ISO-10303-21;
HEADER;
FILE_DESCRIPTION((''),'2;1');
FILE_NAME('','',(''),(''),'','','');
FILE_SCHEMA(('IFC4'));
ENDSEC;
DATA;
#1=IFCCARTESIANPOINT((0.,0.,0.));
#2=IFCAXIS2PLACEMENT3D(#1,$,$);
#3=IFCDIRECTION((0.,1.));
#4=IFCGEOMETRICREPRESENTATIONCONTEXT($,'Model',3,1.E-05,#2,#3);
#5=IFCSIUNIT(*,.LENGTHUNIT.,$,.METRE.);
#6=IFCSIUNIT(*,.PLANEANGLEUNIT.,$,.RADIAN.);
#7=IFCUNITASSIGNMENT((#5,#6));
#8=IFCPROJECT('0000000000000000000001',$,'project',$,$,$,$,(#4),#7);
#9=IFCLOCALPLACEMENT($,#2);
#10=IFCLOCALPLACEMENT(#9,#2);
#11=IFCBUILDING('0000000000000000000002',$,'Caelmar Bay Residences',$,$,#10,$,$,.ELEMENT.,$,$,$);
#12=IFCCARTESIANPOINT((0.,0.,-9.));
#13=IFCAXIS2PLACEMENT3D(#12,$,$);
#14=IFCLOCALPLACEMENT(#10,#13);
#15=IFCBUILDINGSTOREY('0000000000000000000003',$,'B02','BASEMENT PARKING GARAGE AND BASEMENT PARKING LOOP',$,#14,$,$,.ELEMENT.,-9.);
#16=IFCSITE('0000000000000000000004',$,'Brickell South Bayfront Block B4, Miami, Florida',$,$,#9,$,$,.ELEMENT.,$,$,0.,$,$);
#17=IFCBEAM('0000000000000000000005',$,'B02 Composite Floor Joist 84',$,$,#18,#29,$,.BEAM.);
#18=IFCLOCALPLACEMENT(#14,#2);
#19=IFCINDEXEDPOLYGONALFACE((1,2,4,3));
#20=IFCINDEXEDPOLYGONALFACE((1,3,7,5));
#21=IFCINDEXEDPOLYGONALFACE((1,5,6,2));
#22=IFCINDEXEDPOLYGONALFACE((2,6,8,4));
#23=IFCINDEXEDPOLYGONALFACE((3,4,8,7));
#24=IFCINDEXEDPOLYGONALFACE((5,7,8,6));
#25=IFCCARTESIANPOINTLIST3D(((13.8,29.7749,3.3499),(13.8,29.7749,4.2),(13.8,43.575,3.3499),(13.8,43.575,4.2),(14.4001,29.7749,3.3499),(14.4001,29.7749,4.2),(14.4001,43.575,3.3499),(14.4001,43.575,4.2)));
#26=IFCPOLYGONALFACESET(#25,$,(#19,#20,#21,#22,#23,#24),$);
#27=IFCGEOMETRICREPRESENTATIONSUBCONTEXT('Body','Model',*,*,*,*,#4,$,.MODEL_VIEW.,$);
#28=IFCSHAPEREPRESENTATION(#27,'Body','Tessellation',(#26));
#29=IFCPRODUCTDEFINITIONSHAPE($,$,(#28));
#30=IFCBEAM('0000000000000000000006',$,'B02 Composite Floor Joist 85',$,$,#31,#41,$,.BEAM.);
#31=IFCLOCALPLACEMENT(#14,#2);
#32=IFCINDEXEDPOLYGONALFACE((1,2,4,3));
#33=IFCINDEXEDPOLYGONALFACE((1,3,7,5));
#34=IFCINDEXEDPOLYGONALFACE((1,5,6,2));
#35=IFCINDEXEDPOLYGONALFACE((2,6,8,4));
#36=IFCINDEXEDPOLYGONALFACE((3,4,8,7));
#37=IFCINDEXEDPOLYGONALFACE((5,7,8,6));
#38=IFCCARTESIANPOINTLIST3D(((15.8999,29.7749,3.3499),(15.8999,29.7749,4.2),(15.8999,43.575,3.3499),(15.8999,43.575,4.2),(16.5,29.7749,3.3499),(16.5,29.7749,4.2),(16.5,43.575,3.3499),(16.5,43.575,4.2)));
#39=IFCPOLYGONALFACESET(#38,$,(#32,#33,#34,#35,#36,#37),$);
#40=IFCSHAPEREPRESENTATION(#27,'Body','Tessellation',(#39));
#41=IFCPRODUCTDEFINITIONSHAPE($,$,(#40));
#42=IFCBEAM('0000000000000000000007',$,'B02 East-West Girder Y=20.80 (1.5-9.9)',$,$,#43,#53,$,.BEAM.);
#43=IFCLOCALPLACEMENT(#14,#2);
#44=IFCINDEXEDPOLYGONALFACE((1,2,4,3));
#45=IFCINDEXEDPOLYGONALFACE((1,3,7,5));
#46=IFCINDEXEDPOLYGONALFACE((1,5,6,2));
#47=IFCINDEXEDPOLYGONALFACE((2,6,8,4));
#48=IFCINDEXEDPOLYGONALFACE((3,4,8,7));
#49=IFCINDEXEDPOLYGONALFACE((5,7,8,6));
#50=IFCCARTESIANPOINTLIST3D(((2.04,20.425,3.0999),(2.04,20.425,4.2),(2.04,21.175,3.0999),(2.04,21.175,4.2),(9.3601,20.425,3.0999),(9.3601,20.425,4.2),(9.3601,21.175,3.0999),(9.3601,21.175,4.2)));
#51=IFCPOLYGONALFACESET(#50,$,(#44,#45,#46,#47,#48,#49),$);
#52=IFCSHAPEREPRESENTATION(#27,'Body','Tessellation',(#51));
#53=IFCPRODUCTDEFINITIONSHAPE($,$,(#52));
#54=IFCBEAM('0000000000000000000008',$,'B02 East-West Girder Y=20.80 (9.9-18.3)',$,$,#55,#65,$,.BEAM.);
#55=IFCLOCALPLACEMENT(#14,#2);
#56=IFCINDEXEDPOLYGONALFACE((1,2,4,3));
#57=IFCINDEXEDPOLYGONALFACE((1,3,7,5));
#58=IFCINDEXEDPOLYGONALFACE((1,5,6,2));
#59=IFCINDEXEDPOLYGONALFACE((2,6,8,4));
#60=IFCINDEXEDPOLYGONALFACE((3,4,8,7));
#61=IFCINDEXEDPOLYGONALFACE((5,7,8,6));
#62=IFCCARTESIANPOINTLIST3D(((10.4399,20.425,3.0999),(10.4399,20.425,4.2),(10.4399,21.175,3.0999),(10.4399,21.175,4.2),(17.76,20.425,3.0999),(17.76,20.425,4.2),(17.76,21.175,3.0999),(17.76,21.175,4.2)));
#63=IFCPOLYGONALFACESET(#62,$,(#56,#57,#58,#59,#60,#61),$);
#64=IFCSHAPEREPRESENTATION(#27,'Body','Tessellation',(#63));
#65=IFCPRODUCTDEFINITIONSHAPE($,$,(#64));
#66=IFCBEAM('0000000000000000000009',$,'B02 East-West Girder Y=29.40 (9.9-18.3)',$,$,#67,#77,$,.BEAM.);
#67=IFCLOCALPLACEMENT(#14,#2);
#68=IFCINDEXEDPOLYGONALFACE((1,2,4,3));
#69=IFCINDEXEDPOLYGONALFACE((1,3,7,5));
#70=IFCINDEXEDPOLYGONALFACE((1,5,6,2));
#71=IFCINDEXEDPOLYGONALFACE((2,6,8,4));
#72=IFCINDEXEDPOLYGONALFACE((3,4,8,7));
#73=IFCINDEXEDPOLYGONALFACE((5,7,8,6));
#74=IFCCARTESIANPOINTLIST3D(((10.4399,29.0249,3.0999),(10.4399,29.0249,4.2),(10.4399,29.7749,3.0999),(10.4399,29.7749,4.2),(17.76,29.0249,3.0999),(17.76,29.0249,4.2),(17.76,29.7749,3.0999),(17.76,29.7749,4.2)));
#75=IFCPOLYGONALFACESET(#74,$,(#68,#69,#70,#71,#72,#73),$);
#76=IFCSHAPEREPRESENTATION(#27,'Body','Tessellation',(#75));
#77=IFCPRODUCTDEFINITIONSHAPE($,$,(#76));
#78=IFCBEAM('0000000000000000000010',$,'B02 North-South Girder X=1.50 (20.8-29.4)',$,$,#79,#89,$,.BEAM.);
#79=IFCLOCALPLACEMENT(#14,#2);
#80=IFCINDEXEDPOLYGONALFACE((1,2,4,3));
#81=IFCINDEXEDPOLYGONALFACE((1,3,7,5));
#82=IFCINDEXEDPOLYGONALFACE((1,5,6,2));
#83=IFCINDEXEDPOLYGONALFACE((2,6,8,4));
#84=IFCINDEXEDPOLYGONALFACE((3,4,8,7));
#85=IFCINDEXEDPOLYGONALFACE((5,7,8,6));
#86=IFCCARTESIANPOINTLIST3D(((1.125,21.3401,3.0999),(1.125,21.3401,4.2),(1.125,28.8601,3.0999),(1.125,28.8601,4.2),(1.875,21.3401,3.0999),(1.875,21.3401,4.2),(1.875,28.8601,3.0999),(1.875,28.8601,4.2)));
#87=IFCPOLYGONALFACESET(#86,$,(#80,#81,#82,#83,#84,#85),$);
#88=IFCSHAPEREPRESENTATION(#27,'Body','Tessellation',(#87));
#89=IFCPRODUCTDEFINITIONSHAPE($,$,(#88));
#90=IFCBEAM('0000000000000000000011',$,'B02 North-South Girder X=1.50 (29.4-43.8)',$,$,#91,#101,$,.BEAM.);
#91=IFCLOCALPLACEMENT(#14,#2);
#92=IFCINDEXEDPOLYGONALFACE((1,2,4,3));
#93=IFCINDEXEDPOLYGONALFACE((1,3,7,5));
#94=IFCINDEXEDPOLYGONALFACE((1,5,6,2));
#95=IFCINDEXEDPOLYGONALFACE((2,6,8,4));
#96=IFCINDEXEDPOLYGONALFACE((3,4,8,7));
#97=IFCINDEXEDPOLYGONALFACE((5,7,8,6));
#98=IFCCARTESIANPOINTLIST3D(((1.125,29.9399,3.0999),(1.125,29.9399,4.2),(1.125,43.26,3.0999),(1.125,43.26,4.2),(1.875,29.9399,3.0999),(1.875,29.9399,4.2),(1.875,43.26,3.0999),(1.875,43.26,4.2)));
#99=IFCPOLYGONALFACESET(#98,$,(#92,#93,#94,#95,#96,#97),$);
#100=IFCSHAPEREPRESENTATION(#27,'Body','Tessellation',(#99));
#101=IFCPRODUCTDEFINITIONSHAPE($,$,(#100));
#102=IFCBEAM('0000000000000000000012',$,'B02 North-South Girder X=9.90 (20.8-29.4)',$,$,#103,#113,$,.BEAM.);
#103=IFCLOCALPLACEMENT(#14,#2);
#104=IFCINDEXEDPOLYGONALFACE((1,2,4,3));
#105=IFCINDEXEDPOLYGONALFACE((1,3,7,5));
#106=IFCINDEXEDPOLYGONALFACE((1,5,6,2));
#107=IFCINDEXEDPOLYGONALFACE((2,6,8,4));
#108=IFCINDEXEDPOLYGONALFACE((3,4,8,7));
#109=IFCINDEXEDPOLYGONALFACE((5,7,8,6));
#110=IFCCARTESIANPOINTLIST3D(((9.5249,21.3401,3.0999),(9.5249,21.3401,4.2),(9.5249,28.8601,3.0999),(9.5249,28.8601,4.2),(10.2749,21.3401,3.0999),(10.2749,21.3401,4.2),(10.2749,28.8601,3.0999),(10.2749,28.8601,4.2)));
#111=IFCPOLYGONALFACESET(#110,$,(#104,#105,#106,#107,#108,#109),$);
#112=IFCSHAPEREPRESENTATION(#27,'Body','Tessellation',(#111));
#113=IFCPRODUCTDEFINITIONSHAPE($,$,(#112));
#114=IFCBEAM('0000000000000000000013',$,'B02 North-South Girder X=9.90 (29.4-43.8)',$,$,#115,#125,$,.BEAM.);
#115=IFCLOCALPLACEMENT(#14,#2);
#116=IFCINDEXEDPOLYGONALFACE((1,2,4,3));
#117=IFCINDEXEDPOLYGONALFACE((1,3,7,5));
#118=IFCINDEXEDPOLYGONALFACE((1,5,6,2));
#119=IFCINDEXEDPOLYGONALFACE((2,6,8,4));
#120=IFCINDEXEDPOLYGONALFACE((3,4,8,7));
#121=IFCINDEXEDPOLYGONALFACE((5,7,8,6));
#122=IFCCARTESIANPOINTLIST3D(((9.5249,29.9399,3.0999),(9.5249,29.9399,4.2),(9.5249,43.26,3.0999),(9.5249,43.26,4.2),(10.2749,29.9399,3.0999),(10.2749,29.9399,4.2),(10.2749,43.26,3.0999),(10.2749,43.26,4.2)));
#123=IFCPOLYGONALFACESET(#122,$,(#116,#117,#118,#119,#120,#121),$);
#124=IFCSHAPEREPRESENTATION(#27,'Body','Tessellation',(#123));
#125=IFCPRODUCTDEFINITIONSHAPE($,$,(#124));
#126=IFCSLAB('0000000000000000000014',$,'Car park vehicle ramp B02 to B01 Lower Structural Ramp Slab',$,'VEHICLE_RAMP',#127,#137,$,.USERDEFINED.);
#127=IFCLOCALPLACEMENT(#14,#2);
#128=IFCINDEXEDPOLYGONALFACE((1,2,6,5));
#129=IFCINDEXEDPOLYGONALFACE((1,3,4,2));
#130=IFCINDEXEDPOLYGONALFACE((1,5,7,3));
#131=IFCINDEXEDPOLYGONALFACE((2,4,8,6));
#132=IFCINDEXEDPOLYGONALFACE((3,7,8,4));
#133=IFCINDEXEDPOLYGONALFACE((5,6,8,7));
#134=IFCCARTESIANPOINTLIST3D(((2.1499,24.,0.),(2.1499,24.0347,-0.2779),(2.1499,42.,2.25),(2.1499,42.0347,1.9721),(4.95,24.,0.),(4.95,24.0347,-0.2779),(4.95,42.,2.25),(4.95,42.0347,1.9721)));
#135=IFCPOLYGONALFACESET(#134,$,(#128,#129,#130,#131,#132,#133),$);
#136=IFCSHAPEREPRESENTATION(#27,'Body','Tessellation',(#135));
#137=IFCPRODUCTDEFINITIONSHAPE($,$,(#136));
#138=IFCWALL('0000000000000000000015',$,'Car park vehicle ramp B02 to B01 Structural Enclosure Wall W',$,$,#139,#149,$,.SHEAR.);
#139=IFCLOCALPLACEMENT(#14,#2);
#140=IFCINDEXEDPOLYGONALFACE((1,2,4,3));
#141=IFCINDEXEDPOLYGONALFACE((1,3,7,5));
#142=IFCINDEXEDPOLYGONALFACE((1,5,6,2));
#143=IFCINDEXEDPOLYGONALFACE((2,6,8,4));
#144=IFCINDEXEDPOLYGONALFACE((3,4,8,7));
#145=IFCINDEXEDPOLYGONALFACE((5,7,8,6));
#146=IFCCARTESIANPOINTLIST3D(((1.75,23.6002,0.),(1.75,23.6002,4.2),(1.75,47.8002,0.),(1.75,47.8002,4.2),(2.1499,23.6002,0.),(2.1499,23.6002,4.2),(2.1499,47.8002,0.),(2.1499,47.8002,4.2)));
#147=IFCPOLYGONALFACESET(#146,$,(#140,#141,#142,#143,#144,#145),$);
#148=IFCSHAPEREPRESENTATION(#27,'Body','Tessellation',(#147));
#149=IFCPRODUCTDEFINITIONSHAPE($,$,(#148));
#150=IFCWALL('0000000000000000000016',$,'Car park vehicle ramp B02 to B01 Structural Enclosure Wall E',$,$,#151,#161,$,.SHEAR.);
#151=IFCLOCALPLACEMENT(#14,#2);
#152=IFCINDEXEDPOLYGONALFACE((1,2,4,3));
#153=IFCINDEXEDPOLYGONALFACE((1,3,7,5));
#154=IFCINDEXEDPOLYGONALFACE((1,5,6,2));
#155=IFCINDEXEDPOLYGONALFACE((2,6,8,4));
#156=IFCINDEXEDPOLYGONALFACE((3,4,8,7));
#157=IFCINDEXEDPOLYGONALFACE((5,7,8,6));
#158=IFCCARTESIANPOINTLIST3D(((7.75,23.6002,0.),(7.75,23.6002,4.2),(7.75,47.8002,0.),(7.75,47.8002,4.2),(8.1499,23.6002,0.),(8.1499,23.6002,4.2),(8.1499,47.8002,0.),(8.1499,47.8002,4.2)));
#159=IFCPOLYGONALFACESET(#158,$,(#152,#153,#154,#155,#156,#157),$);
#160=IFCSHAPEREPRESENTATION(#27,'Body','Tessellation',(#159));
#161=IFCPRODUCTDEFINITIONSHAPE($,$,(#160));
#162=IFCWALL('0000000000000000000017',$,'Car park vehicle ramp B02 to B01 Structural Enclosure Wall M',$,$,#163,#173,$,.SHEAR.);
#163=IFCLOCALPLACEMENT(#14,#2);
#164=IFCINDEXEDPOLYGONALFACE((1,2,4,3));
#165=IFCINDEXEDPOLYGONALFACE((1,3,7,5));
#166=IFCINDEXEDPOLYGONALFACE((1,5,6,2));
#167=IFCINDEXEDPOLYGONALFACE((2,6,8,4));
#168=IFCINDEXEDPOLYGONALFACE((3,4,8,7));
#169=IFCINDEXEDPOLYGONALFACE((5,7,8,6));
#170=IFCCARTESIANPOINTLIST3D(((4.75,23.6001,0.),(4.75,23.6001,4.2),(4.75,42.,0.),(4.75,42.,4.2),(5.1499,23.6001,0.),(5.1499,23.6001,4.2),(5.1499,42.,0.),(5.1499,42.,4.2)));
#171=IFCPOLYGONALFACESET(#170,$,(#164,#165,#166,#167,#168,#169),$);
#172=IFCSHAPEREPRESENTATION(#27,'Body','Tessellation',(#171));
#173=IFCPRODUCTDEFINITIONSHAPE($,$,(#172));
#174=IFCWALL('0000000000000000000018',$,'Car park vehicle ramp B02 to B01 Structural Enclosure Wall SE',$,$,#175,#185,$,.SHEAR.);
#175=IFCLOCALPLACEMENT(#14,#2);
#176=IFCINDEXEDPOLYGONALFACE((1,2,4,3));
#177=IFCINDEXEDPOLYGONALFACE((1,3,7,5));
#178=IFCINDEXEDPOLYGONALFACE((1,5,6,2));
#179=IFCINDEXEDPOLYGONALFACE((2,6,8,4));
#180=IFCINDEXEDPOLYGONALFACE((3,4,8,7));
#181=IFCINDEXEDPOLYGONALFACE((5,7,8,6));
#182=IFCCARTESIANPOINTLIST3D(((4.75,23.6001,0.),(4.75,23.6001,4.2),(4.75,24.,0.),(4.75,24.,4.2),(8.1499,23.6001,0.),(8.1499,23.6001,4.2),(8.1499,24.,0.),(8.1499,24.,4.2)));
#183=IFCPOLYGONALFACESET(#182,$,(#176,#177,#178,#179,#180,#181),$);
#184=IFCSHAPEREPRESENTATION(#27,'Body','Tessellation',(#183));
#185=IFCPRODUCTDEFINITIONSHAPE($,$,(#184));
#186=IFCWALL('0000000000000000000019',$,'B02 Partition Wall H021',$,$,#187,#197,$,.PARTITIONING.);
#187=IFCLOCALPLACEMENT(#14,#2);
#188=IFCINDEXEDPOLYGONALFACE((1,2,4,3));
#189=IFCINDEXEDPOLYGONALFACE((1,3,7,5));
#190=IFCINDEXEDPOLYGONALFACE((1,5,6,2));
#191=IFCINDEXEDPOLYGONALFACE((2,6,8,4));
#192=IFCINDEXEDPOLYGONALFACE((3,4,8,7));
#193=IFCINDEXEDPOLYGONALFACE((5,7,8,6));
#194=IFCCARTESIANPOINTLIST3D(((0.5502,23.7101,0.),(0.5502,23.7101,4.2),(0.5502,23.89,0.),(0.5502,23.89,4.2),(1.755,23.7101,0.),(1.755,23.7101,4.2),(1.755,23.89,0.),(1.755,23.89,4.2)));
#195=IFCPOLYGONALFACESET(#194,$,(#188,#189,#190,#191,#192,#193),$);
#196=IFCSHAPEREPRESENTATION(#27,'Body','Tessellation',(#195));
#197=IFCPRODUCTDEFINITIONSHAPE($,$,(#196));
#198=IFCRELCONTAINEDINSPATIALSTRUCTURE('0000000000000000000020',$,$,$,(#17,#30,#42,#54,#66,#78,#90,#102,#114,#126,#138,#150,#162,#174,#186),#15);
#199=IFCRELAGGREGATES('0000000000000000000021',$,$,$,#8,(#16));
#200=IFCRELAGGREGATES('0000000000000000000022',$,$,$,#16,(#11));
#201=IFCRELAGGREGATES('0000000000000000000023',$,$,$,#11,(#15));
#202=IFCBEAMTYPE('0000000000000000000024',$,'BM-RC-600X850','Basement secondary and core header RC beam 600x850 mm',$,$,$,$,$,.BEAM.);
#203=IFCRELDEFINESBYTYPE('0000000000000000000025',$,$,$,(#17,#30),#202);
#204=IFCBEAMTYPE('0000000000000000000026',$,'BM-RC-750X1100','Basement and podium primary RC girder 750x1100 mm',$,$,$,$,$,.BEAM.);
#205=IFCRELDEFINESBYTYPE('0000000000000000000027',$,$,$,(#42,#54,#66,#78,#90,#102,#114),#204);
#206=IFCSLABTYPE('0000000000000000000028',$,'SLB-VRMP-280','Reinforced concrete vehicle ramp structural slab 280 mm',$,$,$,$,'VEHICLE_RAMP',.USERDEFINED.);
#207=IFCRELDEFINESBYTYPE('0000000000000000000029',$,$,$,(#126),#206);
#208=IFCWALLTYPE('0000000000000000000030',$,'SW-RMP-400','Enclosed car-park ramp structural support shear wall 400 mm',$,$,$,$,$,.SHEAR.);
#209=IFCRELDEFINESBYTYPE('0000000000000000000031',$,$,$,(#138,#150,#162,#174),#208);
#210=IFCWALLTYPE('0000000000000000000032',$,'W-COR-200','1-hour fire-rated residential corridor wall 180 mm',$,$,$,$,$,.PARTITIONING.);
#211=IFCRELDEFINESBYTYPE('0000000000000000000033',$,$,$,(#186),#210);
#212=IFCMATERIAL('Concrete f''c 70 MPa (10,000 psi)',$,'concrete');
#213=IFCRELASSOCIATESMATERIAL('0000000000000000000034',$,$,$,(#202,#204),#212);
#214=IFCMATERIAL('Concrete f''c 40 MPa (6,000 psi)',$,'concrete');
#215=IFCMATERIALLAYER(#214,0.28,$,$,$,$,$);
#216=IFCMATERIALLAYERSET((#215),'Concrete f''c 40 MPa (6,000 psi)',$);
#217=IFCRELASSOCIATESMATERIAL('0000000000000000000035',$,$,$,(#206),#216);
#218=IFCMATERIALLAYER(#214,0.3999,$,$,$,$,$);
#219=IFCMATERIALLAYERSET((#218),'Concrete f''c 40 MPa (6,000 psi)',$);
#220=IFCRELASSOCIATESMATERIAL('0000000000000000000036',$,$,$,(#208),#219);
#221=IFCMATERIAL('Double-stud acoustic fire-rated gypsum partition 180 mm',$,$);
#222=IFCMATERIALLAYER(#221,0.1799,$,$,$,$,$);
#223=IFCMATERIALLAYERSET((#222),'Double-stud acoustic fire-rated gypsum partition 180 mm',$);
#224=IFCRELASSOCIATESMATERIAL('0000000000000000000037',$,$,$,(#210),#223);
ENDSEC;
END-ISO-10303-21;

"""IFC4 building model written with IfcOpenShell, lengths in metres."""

from ifc_helpers import new_model, si_unit, direction, frame, frame_2d, origin, origin_2d, place, context, subcontext, project, spatial, polyline, rectangle, outline, extrude, material, layer, layer_set, material_profile, profile_set, type_object, element, save


model = new_model("IFC4")

# Units and contexts
model_context = context("Model", 3, precision=1e-05, world=origin(), true_north=direction((0.0, 1.0)))
body_context = subcontext(model_context, "Body", "Model", "MODEL_VIEW")
ifc_project = project(units=[si_unit("LENGTHUNIT", "METRE"), si_unit("PLANEANGLEUNIT", "RADIAN")], contexts=[model_context])

# Site, building, storey
site_placement = place(None, origin())
site = spatial("IfcSite", under=ifc_project, at=site_placement, Name="Brickell South Bayfront Block B4, Miami, Florida", CompositionType="ELEMENT", RefElevation=0.0)
building_placement = place(site_placement, origin())
building = spatial("IfcBuilding", under=site, at=building_placement, Name="Caelmar Bay Residences", CompositionType="ELEMENT")
storey_placement = place(building_placement, frame((0.0, 0.0, -9.0)))
storey = spatial("IfcBuildingStorey", under=building, at=storey_placement, Name="B02", Description="BASEMENT PARKING GARAGE AND BASEMENT PARKING LOOP", CompositionType="ELEMENT", Elevation=-9.0)

# Shared definitions
ifc_material_1 = material(Name="Concrete f'c 70 MPa (10,000 psi)", Category="concrete")

# Beams
ifc_material_profile_1 = material_profile(ifc_material_1, rectangle(XDim=0.6001, YDim=0.8501, at=origin_2d()), Name="RC-BM-600X850")
ifc_profile_set_1 = profile_set([ifc_material_profile_1], Name="Concrete f'c 70 MPa (10,000 psi)")
beam_type_1 = type_object("IfcBeamType", Name="BM-RC-600X850", Description="Basement secondary and core header RC beam 600x850 mm", PredefinedType="BEAM", material=ifc_profile_set_1)
for number, where, z_axis, x_axis, name in (
    (1, (14.1001, 29.7749, 3.7749), (0.0, 1.0, 0.0), (-1.0, 0.0, 0.0), "B02 Composite Floor Joist 84"),
    (2, (16.2, 29.7749, 3.7749), (0.0, 1.0, 0.0), (-1.0, 0.0, 0.0), "B02 Composite Floor Joist 85"),
):
    element("IfcBeam", number, at=place(storey_placement, frame(where, z_axis=z_axis, x_axis=x_axis)), inside=storey, type_object=beam_type_1, Name=name, PredefinedType="BEAM", context=body_context, shape_type="SweptSolid", body=[
        extrude(rectangle(XDim=0.6001, YDim=0.8501, at=origin_2d()), origin(), (0.0, 0.0, 1.0), 13.8),
    ])
ifc_material_profile_2 = material_profile(ifc_material_1, rectangle(XDim=0.75, YDim=1.1001, at=origin_2d()), Name="RC-BM-750X1100")
ifc_profile_set_2 = profile_set([ifc_material_profile_2], Name="Concrete f'c 70 MPa (10,000 psi)")
beam_type_2 = type_object("IfcBeamType", Name="BM-RC-750X1100", Description="Basement and podium primary RC girder 750x1100 mm", PredefinedType="BEAM", material=ifc_profile_set_2)
for number, where, z_axis, x_axis, name in (
    (3, (2.04, 20.8, 3.6499), (1.0, 0.0, 0.0), (0.0, 1.0, 0.0), "B02 East-West Girder Y=20.80 (1.5-9.9)"),
    (4, (10.4399, 20.8, 3.6499), (1.0, 0.0, 0.0), (0.0, 1.0, 0.0), "B02 East-West Girder Y=20.80 (9.9-18.3)"),
    (5, (10.4399, 29.3999, 3.6499), (1.0, 0.0, 0.0), (0.0, 1.0, 0.0), "B02 East-West Girder Y=29.40 (9.9-18.3)"),
):
    element("IfcBeam", number, at=place(storey_placement, frame(where, z_axis=z_axis, x_axis=x_axis)), inside=storey, type_object=beam_type_2, Name=name, PredefinedType="BEAM", context=body_context, shape_type="SweptSolid", body=[
        extrude(rectangle(XDim=0.75, YDim=1.1001, at=origin_2d()), origin(), (0.0, 0.0, 1.0), 7.3201),
    ])
beam_1_placement = place(storey_placement, frame((1.5, 21.3401, 3.6499), z_axis=(0.0, 1.0, 0.0), x_axis=(-1.0, 0.0, 0.0)))
element("IfcBeam", 6, at=beam_1_placement, inside=storey, type_object=beam_type_2, Name="B02 North-South Girder X=1.50 (20.8-29.4)", PredefinedType="BEAM", context=body_context, shape_type="SweptSolid", body=[
    extrude(rectangle(XDim=0.75, YDim=1.1001, at=origin_2d()), origin(), (0.0, 0.0, 1.0), 7.52),
])
beam_2_placement = place(storey_placement, frame((1.5, 29.9399, 3.6499), z_axis=(0.0, 1.0, 0.0), x_axis=(-1.0, 0.0, 0.0)))
element("IfcBeam", 7, at=beam_2_placement, inside=storey, type_object=beam_type_2, Name="B02 North-South Girder X=1.50 (29.4-43.8)", PredefinedType="BEAM", context=body_context, shape_type="SweptSolid", body=[
    extrude(rectangle(XDim=0.75, YDim=1.1001, at=origin_2d()), origin(), (0.0, 0.0, 1.0), 13.3201),
])
beam_3_placement = place(storey_placement, frame((9.8999, 21.3401, 3.6499), z_axis=(0.0, 1.0, 0.0), x_axis=(-1.0, 0.0, 0.0)))
element("IfcBeam", 8, at=beam_3_placement, inside=storey, type_object=beam_type_2, Name="B02 North-South Girder X=9.90 (20.8-29.4)", PredefinedType="BEAM", context=body_context, shape_type="SweptSolid", body=[
    extrude(rectangle(XDim=0.75, YDim=1.1001, at=origin_2d()), origin(), (0.0, 0.0, 1.0), 7.52),
])
beam_4_placement = place(storey_placement, frame((9.8999, 29.9399, 3.6499), z_axis=(0.0, 1.0, 0.0), x_axis=(-1.0, 0.0, 0.0)))
element("IfcBeam", 9, at=beam_4_placement, inside=storey, type_object=beam_type_2, Name="B02 North-South Girder X=9.90 (29.4-43.8)", PredefinedType="BEAM", context=body_context, shape_type="SweptSolid", body=[
    extrude(rectangle(XDim=0.75, YDim=1.1001, at=origin_2d()), origin(), (0.0, 0.0, 1.0), 13.3201),
])

# Slab
ifc_material_2 = material(Name="Concrete f'c 40 MPa (6,000 psi)", Category="concrete")
ifc_layer_1 = layer(ifc_material_2, 0.28)
ifc_layer_set_1 = layer_set([ifc_layer_1], Name="Concrete f'c 40 MPa (6,000 psi)")
slab_type = type_object("IfcSlabType", Name="SLB-VRMP-280", Description="Reinforced concrete vehicle ramp structural slab 280 mm", ElementType="VEHICLE_RAMP", PredefinedType="USERDEFINED", material=ifc_layer_set_1)
slab_placement = place(storey_placement, frame((2.1499, 24.0, 0.0), z_axis=(0.0, -0.124035, 0.992278), x_axis=(1.0, 0.0, 0.0)))
element("IfcSlab", 10, at=slab_placement, inside=storey, type_object=slab_type, Name="Car park vehicle ramp B02 to B01 Lower Structural Ramp Slab", ObjectType="VEHICLE_RAMP", PredefinedType="USERDEFINED", context=body_context, shape_type="SweptSolid", body=[
    extrude(outline(polyline([(0.0, 0.0), (2.8, 0.0), (2.8, 18.1401), (0.0, 18.1401), (0.0, 0.0)])), origin(), (0.0, 0.0, -1.0), 0.28),
])

# Walls
ifc_layer_2 = layer(ifc_material_2, 0.3999)
ifc_layer_set_2 = layer_set([ifc_layer_2], Name="Concrete f'c 40 MPa (6,000 psi)")
wall_type_1 = type_object("IfcWallType", Name="SW-RMP-400", Description="Enclosed car-park ramp structural support shear wall 400 mm", PredefinedType="SHEAR", material=ifc_layer_set_2)
for number, where, z_axis, x_axis, name in (
    (11, (1.95, 23.6001, 0.0), (0.0, 0.0, 1.0), (0.0, 1.0, 0.0), "Car park vehicle ramp B02 to B01 Structural Enclosure Wall W"),
    (12, (7.95, 23.6001, 0.0), (0.0, 0.0, 1.0), (0.0, 1.0, 0.0), "Car park vehicle ramp B02 to B01 Structural Enclosure Wall E"),
):
    element("IfcWall", number, at=place(storey_placement, frame(where, z_axis=z_axis, x_axis=x_axis)), inside=storey, type_object=wall_type_1, Name=name, PredefinedType="SHEAR", context=body_context, shape_type="SweptSolid", body=[
        extrude(rectangle(XDim=24.2, YDim=0.3999, at=frame_2d((12.1001, 0.0))), origin(), (0.0, 0.0, 1.0), 4.2),
    ])
wall_1_placement = place(storey_placement, frame((4.95, 23.6001, 0.0), z_axis=(0.0, 0.0, 1.0), x_axis=(0.0, 1.0, 0.0)))
element("IfcWall", 13, at=wall_1_placement, inside=storey, type_object=wall_type_1, Name="Car park vehicle ramp B02 to B01 Structural Enclosure Wall M", PredefinedType="SHEAR", context=body_context, shape_type="SweptSolid", body=[
    extrude(rectangle(XDim=18.3999, YDim=0.3999, at=frame_2d((9.2, 0.0))), origin(), (0.0, 0.0, 1.0), 4.2),
])
wall_2_placement = place(storey_placement, frame((4.75, 23.8, 0.0), z_axis=(0.0, 0.0, 1.0), x_axis=(1.0, 0.0, 0.0)))
element("IfcWall", 14, at=wall_2_placement, inside=storey, type_object=wall_type_1, Name="Car park vehicle ramp B02 to B01 Structural Enclosure Wall SE", PredefinedType="SHEAR", context=body_context, shape_type="SweptSolid", body=[
    extrude(rectangle(XDim=3.3999, YDim=0.3999, at=frame_2d((1.7, 0.0))), origin(), (0.0, 0.0, 1.0), 4.2),
])
ifc_material_3 = material(Name="Double-stud acoustic fire-rated gypsum partition 180 mm")
ifc_layer_3 = layer(ifc_material_3, 0.1799)
ifc_layer_set_3 = layer_set([ifc_layer_3], Name="Double-stud acoustic fire-rated gypsum partition 180 mm")
wall_type_2 = type_object("IfcWallType", Name="W-COR-200", Description="1-hour fire-rated residential corridor wall 180 mm", PredefinedType="PARTITIONING", material=ifc_layer_set_3)
wall_3_placement = place(storey_placement, frame((0.55, 23.8, 0.0), z_axis=(0.0, 0.0, 1.0), x_axis=(1.0, 0.0, 0.0)))
element("IfcWall", 15, at=wall_3_placement, inside=storey, type_object=wall_type_2, Name="B02 Partition Wall H021", PredefinedType="PARTITIONING", context=body_context, shape_type="SweptSolid", body=[
    extrude(rectangle(XDim=1.2048, YDim=0.1799, at=frame_2d((0.6025, 0.0))), origin(), (0.0, 0.0, 1.0), 4.2),
])

save(model, "model.ifc")
